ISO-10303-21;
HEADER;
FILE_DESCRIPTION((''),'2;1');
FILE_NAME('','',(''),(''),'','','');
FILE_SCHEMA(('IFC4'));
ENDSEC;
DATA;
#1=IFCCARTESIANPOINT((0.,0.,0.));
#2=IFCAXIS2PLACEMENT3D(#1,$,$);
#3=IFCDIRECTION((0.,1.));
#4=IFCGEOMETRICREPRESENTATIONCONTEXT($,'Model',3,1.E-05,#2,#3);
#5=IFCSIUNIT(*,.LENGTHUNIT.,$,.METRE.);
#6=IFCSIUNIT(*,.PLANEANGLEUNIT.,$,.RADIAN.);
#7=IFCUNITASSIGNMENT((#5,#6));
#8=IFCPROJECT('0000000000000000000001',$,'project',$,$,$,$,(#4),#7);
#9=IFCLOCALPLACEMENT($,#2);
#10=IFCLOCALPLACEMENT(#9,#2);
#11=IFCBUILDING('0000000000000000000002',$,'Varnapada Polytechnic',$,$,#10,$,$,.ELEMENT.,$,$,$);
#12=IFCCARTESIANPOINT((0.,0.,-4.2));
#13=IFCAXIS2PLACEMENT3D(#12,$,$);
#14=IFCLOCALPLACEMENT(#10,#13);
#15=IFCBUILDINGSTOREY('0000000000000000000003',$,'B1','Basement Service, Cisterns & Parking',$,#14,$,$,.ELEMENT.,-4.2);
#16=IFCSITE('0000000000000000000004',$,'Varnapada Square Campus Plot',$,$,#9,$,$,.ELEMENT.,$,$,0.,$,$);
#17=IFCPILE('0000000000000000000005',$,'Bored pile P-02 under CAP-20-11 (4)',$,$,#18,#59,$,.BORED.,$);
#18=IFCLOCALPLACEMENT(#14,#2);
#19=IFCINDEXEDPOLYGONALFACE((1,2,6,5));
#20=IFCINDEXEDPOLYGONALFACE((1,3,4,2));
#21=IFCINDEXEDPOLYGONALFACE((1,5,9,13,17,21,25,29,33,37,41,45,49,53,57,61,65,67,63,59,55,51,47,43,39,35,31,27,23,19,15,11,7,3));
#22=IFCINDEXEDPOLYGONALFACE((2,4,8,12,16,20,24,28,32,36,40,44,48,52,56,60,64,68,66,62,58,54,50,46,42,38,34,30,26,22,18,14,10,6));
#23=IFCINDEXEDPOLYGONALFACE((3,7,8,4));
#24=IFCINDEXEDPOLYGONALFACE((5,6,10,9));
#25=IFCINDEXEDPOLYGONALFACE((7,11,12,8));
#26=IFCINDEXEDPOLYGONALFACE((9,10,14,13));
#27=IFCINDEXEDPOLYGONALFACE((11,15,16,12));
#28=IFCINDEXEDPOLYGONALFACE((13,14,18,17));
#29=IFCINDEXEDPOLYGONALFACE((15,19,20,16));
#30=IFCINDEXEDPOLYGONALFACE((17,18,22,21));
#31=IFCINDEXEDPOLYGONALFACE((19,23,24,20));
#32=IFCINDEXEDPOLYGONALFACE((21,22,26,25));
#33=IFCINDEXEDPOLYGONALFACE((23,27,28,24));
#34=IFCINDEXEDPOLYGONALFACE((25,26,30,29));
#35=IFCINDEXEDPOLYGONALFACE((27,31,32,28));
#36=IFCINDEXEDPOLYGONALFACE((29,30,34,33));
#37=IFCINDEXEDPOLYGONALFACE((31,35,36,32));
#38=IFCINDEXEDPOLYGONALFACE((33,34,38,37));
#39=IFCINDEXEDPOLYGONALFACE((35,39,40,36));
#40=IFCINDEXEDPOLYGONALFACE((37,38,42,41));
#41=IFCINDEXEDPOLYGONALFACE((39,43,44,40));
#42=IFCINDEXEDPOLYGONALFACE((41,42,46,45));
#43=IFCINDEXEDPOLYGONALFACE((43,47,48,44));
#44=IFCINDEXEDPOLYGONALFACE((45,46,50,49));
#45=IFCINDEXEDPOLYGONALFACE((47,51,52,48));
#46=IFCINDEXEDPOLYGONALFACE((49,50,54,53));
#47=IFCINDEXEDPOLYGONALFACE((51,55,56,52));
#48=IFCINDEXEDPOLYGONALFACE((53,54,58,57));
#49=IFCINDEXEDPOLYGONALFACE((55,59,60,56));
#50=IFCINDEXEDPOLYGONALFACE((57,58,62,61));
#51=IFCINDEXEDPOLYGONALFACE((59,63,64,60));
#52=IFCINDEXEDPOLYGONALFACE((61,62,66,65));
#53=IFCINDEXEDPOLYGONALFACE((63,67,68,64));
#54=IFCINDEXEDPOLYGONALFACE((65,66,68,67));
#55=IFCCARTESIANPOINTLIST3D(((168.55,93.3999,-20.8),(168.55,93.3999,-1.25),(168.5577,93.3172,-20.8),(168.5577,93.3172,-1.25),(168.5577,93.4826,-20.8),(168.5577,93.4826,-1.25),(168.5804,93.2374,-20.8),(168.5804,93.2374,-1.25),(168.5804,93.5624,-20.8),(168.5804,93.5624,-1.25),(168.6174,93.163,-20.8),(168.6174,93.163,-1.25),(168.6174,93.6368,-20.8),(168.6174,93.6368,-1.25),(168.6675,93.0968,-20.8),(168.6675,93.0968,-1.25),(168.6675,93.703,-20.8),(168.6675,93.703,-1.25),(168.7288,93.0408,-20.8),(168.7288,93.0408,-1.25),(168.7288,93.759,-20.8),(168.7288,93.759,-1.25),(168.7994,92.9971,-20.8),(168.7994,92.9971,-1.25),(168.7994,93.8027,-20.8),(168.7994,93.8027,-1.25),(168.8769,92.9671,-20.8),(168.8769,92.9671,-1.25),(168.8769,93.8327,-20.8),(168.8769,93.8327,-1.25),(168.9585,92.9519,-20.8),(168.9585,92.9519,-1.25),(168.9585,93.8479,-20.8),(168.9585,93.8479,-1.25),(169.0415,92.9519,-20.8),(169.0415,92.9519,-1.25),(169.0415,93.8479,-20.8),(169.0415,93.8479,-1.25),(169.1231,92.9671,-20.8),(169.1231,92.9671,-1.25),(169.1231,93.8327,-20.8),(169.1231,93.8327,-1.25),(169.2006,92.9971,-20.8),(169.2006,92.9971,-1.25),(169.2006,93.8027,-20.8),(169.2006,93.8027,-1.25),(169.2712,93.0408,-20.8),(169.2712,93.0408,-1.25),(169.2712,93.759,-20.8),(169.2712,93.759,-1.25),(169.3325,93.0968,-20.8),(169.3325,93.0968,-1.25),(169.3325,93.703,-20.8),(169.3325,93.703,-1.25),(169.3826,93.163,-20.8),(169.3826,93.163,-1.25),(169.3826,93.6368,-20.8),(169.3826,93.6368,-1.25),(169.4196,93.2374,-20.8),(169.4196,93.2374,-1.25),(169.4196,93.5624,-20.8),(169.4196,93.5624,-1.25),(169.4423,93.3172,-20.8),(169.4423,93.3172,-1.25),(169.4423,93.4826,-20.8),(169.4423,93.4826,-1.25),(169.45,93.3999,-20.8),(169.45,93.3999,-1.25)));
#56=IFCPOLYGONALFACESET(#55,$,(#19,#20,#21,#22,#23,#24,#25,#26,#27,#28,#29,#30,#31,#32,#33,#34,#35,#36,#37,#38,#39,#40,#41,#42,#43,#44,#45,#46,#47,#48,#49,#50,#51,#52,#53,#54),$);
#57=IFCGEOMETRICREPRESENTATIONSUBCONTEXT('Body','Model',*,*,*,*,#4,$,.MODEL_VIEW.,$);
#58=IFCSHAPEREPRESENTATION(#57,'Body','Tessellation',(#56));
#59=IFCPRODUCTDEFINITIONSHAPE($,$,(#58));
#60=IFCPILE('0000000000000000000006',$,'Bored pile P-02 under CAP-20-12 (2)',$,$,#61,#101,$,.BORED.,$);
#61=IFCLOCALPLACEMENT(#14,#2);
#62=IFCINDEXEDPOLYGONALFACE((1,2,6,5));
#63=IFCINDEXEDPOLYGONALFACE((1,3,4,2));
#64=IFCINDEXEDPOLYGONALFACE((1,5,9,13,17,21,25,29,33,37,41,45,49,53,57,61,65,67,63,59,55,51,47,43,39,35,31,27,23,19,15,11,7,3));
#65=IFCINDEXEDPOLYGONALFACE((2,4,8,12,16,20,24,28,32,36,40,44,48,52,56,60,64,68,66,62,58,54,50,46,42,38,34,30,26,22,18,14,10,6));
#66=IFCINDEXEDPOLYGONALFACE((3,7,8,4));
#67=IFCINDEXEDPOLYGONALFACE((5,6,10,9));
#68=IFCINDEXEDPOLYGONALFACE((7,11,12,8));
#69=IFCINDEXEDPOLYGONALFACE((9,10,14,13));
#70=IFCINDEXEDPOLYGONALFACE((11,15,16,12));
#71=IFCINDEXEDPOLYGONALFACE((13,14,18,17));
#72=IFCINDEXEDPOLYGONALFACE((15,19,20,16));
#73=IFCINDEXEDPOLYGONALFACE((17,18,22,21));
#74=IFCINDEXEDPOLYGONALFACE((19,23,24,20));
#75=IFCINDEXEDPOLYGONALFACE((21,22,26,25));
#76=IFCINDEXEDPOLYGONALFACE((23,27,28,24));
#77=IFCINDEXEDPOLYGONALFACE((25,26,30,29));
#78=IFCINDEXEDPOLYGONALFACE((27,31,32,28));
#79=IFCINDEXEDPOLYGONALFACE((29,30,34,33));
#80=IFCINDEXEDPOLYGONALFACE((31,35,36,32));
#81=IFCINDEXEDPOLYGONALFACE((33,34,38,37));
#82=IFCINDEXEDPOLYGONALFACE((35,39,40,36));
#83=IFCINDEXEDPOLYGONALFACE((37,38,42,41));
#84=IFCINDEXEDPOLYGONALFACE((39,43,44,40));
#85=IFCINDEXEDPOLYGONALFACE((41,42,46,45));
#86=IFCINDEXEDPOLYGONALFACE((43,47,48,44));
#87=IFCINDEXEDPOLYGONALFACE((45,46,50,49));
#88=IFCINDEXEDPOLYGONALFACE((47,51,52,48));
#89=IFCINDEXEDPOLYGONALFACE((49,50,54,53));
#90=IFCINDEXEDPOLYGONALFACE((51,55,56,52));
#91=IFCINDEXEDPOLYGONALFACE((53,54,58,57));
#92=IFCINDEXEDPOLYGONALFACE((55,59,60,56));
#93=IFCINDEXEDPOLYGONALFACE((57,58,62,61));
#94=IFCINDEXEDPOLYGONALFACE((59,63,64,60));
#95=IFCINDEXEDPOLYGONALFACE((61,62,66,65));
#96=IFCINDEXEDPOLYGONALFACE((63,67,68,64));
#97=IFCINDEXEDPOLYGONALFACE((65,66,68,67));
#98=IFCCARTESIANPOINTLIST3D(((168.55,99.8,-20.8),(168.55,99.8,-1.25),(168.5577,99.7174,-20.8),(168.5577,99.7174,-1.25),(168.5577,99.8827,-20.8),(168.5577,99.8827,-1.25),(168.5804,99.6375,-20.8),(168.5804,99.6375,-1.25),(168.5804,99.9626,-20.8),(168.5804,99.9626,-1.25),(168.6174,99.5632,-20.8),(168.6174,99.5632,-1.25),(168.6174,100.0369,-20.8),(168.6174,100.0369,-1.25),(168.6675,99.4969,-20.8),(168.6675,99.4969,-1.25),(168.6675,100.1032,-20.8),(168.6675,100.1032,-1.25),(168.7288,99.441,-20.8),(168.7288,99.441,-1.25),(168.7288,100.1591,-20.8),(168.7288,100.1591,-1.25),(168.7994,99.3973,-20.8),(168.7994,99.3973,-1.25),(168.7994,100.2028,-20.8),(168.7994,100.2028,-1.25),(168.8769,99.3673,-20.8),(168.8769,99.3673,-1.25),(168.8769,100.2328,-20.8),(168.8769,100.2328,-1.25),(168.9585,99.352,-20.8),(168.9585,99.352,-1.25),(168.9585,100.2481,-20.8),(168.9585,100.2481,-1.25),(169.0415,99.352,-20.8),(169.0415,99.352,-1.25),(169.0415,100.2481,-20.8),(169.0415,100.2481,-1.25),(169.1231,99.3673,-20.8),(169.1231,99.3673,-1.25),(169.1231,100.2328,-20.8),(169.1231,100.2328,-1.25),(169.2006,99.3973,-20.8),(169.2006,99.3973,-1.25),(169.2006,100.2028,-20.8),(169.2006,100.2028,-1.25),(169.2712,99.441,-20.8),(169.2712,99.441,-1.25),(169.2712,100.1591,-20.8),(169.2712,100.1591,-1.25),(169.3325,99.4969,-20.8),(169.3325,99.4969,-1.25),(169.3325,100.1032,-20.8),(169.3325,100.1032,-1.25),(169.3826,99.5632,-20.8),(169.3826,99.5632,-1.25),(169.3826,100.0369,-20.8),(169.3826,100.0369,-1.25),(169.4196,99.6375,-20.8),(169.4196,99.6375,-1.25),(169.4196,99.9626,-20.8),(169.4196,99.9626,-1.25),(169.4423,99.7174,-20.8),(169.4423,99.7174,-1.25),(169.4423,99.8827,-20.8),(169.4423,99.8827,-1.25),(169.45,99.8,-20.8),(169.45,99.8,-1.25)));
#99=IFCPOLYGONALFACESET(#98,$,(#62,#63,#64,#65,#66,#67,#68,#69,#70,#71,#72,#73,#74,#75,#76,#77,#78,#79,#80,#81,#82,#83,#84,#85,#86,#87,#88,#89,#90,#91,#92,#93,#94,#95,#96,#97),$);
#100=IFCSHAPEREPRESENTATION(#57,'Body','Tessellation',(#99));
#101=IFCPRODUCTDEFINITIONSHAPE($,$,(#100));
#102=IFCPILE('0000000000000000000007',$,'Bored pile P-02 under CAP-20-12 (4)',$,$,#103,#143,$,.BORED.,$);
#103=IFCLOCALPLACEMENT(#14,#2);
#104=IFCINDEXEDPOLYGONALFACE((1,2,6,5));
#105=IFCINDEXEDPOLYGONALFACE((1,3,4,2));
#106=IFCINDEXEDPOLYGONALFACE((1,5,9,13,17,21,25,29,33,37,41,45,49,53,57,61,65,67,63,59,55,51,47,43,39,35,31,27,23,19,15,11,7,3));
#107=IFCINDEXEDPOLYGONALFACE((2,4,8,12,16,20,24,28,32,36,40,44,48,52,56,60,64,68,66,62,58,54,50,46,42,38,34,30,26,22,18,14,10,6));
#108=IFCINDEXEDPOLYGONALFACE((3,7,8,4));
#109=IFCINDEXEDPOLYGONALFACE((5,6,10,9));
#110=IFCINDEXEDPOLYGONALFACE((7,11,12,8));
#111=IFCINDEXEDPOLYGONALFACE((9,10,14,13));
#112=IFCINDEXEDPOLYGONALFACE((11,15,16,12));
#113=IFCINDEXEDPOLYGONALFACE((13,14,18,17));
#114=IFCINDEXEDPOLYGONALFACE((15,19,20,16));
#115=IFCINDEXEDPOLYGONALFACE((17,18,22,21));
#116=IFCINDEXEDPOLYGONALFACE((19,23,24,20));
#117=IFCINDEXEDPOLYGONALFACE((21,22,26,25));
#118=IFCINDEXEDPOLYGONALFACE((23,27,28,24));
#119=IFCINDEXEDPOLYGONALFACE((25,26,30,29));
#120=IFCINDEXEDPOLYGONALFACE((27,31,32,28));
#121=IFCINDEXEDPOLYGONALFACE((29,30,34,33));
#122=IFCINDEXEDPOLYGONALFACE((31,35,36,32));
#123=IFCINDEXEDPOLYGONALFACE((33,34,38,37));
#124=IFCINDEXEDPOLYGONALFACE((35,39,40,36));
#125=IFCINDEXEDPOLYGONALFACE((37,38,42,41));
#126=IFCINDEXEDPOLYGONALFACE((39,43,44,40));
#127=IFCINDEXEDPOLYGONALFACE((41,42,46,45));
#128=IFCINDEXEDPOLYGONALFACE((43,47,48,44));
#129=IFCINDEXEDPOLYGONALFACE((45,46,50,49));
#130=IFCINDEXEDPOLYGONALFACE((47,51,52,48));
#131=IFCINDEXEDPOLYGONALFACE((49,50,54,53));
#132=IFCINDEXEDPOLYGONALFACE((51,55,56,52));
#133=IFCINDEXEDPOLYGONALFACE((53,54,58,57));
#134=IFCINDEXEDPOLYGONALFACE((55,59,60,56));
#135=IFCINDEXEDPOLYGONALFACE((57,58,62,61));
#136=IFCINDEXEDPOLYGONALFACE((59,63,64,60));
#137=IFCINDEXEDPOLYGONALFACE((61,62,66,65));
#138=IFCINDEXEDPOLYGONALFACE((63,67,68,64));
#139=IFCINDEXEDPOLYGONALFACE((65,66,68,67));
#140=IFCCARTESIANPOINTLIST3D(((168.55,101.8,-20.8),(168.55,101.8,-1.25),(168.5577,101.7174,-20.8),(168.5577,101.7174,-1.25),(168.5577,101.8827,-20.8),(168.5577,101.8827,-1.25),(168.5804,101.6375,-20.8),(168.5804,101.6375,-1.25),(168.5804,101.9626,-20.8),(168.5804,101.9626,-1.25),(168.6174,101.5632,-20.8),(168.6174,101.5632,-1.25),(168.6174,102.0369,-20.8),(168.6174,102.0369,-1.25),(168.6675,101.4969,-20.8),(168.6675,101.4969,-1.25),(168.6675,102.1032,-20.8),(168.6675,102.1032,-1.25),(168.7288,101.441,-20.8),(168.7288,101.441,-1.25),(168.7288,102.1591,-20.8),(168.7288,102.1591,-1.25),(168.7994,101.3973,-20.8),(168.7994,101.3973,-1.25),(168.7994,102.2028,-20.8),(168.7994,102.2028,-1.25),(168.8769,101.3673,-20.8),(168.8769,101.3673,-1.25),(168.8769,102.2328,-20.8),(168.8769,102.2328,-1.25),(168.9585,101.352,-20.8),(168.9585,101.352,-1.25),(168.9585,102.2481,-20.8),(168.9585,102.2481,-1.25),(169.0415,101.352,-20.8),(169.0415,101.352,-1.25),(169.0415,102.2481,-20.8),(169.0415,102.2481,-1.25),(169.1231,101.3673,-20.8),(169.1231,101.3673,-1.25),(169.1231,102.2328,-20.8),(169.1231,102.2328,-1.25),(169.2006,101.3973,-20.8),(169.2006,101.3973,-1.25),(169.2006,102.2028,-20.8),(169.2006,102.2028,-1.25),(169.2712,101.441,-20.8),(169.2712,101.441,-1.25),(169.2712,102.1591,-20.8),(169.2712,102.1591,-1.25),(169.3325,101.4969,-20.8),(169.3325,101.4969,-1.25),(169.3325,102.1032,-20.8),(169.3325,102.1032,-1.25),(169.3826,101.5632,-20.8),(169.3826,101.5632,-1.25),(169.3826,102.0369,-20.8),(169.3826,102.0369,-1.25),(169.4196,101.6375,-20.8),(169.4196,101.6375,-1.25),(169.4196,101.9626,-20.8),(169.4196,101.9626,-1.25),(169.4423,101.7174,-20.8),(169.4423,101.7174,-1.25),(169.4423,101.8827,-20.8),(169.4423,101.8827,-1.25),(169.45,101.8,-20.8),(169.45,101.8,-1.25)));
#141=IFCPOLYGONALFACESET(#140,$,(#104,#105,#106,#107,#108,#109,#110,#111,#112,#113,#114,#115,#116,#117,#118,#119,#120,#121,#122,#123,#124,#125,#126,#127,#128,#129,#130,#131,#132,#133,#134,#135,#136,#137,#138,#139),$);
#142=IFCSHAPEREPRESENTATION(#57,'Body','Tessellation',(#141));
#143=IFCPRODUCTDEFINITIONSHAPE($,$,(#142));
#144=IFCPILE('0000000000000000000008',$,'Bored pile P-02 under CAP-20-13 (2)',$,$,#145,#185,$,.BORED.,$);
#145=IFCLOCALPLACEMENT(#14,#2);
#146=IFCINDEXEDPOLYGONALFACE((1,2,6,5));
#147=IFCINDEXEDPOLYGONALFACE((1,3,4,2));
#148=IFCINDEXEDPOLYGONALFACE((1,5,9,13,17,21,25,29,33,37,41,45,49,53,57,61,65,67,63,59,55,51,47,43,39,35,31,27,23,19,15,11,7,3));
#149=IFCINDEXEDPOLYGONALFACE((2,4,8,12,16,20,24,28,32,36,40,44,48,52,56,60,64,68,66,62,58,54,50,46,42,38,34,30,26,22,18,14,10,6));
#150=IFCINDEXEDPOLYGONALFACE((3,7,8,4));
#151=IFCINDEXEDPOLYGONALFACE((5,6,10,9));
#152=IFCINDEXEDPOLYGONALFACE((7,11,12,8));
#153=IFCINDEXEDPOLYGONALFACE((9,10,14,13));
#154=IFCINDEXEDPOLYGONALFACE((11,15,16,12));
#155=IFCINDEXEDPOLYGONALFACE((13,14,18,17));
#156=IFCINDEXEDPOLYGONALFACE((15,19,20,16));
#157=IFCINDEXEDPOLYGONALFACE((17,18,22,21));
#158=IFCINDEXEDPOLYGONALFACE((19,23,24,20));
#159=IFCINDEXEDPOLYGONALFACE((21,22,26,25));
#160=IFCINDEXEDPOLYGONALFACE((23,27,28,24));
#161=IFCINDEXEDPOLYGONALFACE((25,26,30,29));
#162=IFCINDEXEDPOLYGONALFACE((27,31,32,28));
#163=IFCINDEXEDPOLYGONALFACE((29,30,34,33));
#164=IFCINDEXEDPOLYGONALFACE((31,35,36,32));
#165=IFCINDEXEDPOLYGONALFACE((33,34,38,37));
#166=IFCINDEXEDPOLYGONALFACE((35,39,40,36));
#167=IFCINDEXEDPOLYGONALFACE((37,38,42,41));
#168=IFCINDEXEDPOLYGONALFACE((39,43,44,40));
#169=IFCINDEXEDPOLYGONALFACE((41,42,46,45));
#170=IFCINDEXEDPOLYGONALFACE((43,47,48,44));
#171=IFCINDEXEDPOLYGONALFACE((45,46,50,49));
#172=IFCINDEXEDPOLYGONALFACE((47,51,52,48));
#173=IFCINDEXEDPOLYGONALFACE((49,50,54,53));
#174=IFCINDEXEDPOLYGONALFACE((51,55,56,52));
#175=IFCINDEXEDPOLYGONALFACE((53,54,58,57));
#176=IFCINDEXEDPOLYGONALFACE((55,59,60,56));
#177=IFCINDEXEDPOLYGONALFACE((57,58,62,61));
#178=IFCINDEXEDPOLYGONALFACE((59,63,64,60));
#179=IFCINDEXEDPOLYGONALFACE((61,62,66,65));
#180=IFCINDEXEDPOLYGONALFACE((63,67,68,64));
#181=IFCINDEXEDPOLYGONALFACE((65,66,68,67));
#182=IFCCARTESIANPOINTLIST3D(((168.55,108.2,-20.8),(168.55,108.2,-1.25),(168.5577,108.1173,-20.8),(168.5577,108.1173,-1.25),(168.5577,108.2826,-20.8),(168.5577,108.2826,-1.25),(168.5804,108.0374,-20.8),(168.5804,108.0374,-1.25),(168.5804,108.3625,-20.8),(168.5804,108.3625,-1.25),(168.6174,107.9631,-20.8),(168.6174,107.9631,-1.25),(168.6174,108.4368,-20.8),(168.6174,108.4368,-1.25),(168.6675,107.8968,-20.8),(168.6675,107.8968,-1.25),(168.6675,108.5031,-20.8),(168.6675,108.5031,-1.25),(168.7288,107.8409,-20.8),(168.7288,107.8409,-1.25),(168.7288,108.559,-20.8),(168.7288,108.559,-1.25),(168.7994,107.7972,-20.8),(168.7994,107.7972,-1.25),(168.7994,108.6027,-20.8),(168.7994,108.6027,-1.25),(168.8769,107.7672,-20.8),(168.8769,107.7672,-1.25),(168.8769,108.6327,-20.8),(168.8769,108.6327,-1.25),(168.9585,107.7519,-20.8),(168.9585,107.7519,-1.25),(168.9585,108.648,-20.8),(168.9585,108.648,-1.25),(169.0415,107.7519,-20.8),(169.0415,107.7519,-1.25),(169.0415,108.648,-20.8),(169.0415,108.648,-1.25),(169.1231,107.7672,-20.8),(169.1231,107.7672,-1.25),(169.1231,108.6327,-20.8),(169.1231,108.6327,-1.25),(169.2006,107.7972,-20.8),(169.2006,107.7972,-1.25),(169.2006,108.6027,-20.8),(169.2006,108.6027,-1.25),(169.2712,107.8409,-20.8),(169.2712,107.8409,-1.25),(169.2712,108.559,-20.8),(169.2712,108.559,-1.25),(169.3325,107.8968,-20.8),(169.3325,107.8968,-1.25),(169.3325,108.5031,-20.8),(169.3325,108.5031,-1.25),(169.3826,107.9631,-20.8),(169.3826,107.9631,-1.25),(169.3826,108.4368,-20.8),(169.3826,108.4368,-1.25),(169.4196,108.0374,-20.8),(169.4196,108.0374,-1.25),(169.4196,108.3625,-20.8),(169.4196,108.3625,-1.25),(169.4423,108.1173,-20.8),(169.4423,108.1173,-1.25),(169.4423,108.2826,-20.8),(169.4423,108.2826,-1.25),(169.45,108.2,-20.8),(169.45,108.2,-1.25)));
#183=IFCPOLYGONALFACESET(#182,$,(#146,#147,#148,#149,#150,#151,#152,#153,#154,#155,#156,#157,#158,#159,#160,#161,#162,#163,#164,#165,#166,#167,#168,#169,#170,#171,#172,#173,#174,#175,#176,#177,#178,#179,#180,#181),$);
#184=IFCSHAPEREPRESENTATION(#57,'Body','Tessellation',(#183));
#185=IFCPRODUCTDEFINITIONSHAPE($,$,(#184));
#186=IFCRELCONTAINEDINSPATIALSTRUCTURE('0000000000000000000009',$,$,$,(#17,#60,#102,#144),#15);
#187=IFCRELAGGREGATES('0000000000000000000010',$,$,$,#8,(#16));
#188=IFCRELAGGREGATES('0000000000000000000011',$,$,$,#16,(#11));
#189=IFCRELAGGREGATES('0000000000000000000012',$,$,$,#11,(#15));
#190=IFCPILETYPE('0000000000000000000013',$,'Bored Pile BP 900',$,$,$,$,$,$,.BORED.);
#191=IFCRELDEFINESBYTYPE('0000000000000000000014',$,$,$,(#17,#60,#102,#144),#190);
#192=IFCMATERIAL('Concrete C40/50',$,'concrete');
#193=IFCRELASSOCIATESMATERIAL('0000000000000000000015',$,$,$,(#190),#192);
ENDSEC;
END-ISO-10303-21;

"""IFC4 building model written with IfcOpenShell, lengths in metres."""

from ifc_helpers import new_model, si_unit, direction, frame, origin, origin_2d, place, context, subcontext, project, spatial, circle, extrude, material, material_profile, profile_set, type_object, element, save


model = new_model("IFC4")

# Units and contexts
model_context = context("Model", 3, precision=1e-05, world=origin(), true_north=direction((0.0, 1.0)))
body_context = subcontext(model_context, "Body", "Model", "MODEL_VIEW")
ifc_project = project(units=[si_unit("LENGTHUNIT", "METRE"), si_unit("PLANEANGLEUNIT", "RADIAN")], contexts=[model_context])

# Site, building, storey
site_placement = place(None, origin())
site = spatial("IfcSite", under=ifc_project, at=site_placement, Name="Varnapada Square Campus Plot", CompositionType="ELEMENT", RefElevation=0.0)
building_placement = place(site_placement, origin())
building = spatial("IfcBuilding", under=site, at=building_placement, Name="Varnapada Polytechnic", CompositionType="ELEMENT")
storey_placement = place(building_placement, frame((0.0, 0.0, -4.2)))
storey = spatial("IfcBuildingStorey", under=building, at=storey_placement, Name="B1", Description="Basement Service, Cisterns & Parking", CompositionType="ELEMENT", Elevation=-4.2)

# Piles
ifc_material_1 = material(Name="Concrete C40/50", Category="concrete")
ifc_material_profile_1 = material_profile(ifc_material_1, circle(Radius=0.45, at=origin_2d()), Name="BP 900")
ifc_profile_set_1 = profile_set([ifc_material_profile_1], Name="Concrete C40/50")
pile_type = type_object("IfcPileType", Name="Bored Pile BP 900", PredefinedType="BORED", material=ifc_profile_set_1)
for number, where, z_axis, x_axis, name in (
    (1, (169.0, 93.3999, -1.25), (0.0, 0.0, -1.0), (1.0, 0.0, 0.0), "Bored pile P-02 under CAP-20-11 (4)"),
    (2, (169.0, 99.8, -1.25), (0.0, 0.0, -1.0), (1.0, 0.0, 0.0), "Bored pile P-02 under CAP-20-12 (2)"),
    (3, (169.0, 101.8, -1.25), (0.0, 0.0, -1.0), (1.0, 0.0, 0.0), "Bored pile P-02 under CAP-20-12 (4)"),
    (4, (169.0, 108.2, -1.25), (0.0, 0.0, -1.0), (1.0, 0.0, 0.0), "Bored pile P-02 under CAP-20-13 (2)"),
):
    element("IfcPile", number, at=place(storey_placement, frame(where, z_axis=z_axis, x_axis=x_axis)), inside=storey, type_object=pile_type, Name=name, PredefinedType="BORED", context=body_context, shape_type="SweptSolid", body=[
        extrude(circle(Radius=0.45, at=origin_2d()), origin(), (0.0, 0.0, 1.0), 19.55),
    ])

save(model, "model.ifc")
